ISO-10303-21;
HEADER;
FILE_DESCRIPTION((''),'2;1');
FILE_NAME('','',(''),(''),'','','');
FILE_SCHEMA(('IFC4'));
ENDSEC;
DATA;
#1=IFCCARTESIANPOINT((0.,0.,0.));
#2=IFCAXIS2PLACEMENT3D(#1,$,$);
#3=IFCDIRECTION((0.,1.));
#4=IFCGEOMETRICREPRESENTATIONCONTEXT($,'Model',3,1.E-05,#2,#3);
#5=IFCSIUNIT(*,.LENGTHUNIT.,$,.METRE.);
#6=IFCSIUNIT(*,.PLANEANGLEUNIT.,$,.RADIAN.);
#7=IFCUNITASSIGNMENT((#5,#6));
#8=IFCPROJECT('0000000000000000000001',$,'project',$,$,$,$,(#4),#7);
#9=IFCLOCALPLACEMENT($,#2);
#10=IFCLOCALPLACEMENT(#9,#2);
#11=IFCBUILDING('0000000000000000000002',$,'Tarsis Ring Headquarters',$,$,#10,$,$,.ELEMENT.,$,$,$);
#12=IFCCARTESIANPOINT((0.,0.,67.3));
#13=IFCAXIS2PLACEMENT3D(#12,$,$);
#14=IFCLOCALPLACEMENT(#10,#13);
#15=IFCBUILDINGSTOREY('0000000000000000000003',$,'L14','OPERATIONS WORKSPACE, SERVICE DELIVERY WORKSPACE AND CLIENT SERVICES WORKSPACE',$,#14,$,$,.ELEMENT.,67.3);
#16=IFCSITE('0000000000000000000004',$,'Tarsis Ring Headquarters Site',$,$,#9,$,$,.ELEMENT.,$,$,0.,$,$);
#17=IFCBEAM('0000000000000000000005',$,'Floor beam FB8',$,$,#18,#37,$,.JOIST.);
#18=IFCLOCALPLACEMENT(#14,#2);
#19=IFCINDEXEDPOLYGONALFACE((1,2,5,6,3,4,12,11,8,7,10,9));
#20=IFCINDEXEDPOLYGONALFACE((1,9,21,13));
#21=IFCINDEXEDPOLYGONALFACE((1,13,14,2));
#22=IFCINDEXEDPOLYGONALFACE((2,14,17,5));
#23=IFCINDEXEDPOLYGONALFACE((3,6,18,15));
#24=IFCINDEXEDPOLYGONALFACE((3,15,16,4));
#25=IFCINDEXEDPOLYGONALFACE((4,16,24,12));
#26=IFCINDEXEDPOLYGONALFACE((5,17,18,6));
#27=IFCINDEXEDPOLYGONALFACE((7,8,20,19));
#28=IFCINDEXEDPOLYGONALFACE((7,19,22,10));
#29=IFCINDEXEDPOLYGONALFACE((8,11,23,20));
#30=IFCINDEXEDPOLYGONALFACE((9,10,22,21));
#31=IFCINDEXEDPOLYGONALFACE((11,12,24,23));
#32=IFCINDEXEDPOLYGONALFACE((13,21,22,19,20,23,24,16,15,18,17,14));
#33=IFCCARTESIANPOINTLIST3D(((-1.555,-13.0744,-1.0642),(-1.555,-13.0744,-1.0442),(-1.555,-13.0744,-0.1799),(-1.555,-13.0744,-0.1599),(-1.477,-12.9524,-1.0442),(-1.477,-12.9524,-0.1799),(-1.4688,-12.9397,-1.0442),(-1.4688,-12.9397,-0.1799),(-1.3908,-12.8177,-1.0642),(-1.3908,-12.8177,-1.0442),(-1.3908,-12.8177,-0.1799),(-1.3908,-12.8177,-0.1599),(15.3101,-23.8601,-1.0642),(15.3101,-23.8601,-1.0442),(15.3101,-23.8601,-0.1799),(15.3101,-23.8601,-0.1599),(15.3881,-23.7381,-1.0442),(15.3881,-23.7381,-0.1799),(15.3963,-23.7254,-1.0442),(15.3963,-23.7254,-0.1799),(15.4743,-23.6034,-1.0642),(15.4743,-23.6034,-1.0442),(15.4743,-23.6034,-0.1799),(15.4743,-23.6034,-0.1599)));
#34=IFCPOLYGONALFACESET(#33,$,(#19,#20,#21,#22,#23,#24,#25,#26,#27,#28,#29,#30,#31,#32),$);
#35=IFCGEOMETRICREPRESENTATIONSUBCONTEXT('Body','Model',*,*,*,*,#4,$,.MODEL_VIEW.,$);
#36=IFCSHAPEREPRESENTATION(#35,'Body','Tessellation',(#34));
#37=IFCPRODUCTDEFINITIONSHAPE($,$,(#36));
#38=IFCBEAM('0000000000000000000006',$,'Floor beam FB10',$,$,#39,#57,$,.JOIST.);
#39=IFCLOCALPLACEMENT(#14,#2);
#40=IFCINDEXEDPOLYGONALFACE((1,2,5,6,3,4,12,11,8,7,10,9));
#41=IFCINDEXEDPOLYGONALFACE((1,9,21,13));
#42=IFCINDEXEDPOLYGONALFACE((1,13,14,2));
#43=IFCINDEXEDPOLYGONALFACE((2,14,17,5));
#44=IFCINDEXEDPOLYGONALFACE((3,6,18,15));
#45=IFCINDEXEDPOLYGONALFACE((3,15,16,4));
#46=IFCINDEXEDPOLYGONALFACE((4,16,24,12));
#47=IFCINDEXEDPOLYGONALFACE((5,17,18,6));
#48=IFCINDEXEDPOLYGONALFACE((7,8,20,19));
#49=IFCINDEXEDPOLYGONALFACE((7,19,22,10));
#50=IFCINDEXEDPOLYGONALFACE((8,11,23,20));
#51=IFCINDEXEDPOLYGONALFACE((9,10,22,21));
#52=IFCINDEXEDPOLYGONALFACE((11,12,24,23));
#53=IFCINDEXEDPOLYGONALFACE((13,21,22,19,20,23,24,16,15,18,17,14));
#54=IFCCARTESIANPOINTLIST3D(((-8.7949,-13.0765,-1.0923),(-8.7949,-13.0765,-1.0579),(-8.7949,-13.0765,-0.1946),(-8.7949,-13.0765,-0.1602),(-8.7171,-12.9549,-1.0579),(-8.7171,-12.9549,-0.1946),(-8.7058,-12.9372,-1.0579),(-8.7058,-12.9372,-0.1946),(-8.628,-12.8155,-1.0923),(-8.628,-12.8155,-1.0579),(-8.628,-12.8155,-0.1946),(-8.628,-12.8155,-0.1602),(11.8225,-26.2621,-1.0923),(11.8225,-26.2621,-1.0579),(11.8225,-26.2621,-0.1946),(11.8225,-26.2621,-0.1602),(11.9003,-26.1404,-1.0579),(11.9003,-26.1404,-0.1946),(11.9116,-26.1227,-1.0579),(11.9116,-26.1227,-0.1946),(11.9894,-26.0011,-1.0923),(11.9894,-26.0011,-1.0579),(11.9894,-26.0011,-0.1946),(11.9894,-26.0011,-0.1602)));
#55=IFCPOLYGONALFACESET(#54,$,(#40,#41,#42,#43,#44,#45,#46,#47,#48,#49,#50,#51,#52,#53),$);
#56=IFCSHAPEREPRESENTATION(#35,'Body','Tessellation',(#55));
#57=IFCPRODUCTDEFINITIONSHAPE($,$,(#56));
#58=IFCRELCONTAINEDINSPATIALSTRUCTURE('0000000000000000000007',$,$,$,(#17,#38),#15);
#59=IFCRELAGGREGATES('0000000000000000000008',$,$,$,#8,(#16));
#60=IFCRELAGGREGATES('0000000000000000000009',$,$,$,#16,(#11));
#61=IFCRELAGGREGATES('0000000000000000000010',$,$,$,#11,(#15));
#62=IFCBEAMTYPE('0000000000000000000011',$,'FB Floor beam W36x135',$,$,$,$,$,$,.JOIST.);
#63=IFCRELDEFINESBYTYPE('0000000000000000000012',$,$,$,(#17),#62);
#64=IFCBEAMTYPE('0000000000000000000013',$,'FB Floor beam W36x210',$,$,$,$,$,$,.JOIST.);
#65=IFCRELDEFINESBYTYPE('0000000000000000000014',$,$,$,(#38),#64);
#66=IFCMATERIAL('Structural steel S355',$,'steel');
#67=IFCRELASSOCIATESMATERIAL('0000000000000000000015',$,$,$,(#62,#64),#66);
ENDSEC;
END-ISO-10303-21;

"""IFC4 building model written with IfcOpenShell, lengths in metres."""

from ifc_helpers import new_model, si_unit, direction, frame, origin, origin_2d, place, context, subcontext, project, spatial, i_section, extrude, material, material_profile, profile_set, type_object, element, save


model = new_model("IFC4")

# Units and contexts
model_context = context("Model", 3, precision=1e-05, world=origin(), true_north=direction((0.0, 1.0)))
body_context = subcontext(model_context, "Body", "Model", "MODEL_VIEW")
ifc_project = project(units=[si_unit("LENGTHUNIT", "METRE"), si_unit("PLANEANGLEUNIT", "RADIAN")], contexts=[model_context])

# Site, building, storey
site_placement = place(None, origin())
site = spatial("IfcSite", under=ifc_project, at=site_placement, Name="Tarsis Ring Headquarters Site", CompositionType="ELEMENT", RefElevation=0.0)
building_placement = place(site_placement, origin())
building = spatial("IfcBuilding", under=site, at=building_placement, Name="Tarsis Ring Headquarters", CompositionType="ELEMENT")
storey_placement = place(building_placement, frame((0.0, 0.0, 67.3)))
storey = spatial("IfcBuildingStorey", under=building, at=storey_placement, Name="L14", Description="OPERATIONS WORKSPACE, SERVICE DELIVERY WORKSPACE AND CLIENT SERVICES WORKSPACE", CompositionType="ELEMENT", Elevation=67.3)

# Beams
ifc_material_1 = material(Name="Structural steel S355", Category="steel")
ifc_material_profile_1 = material_profile(ifc_material_1, i_section(OverallWidth=0.3047, OverallDepth=0.9043, WebThickness=0.0151, FlangeThickness=0.02, at=origin_2d()), Name="W36x135")
ifc_profile_set_1 = profile_set([ifc_material_profile_1], Name="Structural steel S355")
beam_type_1 = type_object("IfcBeamType", Name="FB Floor beam W36x135", PredefinedType="JOIST", material=ifc_profile_set_1)
beam_1_placement = place(storey_placement, frame((-1.4729, -12.946, -0.6121), z_axis=(0.842452, -0.538772, 0.0), x_axis=(0.538772, 0.842452, 0.0)))
element("IfcBeam", 1, at=beam_1_placement, inside=storey, type_object=beam_type_1, Name="Floor beam FB8", PredefinedType="JOIST", context=body_context, shape_type="SweptSolid", body=[
    extrude(i_section(OverallWidth=0.3047, OverallDepth=0.9043, WebThickness=0.0151, FlangeThickness=0.02, at=origin_2d()), origin(), (0.0, 0.0, 1.0), 20.019),
])
ifc_material_profile_2 = material_profile(ifc_material_1, i_section(OverallWidth=0.3098, OverallDepth=0.9321, WebThickness=0.021, FlangeThickness=0.0344, at=origin_2d()), Name="W36x210")
ifc_profile_set_2 = profile_set([ifc_material_profile_2], Name="Structural steel S355")
beam_type_2 = type_object("IfcBeamType", Name="FB Floor beam W36x210", PredefinedType="JOIST", material=ifc_profile_set_2)
beam_2_placement = place(storey_placement, frame((-8.7114, -12.946, -0.6262), z_axis=(0.84245, -0.538775, 0.0), x_axis=(0.538775, 0.84245, 0.0)))
element("IfcBeam", 2, at=beam_2_placement, inside=storey, type_object=beam_type_2, Name="Floor beam FB10", PredefinedType="JOIST", context=body_context, shape_type="SweptSolid", body=[
    extrude(i_section(OverallWidth=0.3098, OverallDepth=0.9321, WebThickness=0.021, FlangeThickness=0.0344, at=origin_2d()), origin(), (0.0, 0.0, 1.0), 24.4731),
])

save(model, "model.ifc")
